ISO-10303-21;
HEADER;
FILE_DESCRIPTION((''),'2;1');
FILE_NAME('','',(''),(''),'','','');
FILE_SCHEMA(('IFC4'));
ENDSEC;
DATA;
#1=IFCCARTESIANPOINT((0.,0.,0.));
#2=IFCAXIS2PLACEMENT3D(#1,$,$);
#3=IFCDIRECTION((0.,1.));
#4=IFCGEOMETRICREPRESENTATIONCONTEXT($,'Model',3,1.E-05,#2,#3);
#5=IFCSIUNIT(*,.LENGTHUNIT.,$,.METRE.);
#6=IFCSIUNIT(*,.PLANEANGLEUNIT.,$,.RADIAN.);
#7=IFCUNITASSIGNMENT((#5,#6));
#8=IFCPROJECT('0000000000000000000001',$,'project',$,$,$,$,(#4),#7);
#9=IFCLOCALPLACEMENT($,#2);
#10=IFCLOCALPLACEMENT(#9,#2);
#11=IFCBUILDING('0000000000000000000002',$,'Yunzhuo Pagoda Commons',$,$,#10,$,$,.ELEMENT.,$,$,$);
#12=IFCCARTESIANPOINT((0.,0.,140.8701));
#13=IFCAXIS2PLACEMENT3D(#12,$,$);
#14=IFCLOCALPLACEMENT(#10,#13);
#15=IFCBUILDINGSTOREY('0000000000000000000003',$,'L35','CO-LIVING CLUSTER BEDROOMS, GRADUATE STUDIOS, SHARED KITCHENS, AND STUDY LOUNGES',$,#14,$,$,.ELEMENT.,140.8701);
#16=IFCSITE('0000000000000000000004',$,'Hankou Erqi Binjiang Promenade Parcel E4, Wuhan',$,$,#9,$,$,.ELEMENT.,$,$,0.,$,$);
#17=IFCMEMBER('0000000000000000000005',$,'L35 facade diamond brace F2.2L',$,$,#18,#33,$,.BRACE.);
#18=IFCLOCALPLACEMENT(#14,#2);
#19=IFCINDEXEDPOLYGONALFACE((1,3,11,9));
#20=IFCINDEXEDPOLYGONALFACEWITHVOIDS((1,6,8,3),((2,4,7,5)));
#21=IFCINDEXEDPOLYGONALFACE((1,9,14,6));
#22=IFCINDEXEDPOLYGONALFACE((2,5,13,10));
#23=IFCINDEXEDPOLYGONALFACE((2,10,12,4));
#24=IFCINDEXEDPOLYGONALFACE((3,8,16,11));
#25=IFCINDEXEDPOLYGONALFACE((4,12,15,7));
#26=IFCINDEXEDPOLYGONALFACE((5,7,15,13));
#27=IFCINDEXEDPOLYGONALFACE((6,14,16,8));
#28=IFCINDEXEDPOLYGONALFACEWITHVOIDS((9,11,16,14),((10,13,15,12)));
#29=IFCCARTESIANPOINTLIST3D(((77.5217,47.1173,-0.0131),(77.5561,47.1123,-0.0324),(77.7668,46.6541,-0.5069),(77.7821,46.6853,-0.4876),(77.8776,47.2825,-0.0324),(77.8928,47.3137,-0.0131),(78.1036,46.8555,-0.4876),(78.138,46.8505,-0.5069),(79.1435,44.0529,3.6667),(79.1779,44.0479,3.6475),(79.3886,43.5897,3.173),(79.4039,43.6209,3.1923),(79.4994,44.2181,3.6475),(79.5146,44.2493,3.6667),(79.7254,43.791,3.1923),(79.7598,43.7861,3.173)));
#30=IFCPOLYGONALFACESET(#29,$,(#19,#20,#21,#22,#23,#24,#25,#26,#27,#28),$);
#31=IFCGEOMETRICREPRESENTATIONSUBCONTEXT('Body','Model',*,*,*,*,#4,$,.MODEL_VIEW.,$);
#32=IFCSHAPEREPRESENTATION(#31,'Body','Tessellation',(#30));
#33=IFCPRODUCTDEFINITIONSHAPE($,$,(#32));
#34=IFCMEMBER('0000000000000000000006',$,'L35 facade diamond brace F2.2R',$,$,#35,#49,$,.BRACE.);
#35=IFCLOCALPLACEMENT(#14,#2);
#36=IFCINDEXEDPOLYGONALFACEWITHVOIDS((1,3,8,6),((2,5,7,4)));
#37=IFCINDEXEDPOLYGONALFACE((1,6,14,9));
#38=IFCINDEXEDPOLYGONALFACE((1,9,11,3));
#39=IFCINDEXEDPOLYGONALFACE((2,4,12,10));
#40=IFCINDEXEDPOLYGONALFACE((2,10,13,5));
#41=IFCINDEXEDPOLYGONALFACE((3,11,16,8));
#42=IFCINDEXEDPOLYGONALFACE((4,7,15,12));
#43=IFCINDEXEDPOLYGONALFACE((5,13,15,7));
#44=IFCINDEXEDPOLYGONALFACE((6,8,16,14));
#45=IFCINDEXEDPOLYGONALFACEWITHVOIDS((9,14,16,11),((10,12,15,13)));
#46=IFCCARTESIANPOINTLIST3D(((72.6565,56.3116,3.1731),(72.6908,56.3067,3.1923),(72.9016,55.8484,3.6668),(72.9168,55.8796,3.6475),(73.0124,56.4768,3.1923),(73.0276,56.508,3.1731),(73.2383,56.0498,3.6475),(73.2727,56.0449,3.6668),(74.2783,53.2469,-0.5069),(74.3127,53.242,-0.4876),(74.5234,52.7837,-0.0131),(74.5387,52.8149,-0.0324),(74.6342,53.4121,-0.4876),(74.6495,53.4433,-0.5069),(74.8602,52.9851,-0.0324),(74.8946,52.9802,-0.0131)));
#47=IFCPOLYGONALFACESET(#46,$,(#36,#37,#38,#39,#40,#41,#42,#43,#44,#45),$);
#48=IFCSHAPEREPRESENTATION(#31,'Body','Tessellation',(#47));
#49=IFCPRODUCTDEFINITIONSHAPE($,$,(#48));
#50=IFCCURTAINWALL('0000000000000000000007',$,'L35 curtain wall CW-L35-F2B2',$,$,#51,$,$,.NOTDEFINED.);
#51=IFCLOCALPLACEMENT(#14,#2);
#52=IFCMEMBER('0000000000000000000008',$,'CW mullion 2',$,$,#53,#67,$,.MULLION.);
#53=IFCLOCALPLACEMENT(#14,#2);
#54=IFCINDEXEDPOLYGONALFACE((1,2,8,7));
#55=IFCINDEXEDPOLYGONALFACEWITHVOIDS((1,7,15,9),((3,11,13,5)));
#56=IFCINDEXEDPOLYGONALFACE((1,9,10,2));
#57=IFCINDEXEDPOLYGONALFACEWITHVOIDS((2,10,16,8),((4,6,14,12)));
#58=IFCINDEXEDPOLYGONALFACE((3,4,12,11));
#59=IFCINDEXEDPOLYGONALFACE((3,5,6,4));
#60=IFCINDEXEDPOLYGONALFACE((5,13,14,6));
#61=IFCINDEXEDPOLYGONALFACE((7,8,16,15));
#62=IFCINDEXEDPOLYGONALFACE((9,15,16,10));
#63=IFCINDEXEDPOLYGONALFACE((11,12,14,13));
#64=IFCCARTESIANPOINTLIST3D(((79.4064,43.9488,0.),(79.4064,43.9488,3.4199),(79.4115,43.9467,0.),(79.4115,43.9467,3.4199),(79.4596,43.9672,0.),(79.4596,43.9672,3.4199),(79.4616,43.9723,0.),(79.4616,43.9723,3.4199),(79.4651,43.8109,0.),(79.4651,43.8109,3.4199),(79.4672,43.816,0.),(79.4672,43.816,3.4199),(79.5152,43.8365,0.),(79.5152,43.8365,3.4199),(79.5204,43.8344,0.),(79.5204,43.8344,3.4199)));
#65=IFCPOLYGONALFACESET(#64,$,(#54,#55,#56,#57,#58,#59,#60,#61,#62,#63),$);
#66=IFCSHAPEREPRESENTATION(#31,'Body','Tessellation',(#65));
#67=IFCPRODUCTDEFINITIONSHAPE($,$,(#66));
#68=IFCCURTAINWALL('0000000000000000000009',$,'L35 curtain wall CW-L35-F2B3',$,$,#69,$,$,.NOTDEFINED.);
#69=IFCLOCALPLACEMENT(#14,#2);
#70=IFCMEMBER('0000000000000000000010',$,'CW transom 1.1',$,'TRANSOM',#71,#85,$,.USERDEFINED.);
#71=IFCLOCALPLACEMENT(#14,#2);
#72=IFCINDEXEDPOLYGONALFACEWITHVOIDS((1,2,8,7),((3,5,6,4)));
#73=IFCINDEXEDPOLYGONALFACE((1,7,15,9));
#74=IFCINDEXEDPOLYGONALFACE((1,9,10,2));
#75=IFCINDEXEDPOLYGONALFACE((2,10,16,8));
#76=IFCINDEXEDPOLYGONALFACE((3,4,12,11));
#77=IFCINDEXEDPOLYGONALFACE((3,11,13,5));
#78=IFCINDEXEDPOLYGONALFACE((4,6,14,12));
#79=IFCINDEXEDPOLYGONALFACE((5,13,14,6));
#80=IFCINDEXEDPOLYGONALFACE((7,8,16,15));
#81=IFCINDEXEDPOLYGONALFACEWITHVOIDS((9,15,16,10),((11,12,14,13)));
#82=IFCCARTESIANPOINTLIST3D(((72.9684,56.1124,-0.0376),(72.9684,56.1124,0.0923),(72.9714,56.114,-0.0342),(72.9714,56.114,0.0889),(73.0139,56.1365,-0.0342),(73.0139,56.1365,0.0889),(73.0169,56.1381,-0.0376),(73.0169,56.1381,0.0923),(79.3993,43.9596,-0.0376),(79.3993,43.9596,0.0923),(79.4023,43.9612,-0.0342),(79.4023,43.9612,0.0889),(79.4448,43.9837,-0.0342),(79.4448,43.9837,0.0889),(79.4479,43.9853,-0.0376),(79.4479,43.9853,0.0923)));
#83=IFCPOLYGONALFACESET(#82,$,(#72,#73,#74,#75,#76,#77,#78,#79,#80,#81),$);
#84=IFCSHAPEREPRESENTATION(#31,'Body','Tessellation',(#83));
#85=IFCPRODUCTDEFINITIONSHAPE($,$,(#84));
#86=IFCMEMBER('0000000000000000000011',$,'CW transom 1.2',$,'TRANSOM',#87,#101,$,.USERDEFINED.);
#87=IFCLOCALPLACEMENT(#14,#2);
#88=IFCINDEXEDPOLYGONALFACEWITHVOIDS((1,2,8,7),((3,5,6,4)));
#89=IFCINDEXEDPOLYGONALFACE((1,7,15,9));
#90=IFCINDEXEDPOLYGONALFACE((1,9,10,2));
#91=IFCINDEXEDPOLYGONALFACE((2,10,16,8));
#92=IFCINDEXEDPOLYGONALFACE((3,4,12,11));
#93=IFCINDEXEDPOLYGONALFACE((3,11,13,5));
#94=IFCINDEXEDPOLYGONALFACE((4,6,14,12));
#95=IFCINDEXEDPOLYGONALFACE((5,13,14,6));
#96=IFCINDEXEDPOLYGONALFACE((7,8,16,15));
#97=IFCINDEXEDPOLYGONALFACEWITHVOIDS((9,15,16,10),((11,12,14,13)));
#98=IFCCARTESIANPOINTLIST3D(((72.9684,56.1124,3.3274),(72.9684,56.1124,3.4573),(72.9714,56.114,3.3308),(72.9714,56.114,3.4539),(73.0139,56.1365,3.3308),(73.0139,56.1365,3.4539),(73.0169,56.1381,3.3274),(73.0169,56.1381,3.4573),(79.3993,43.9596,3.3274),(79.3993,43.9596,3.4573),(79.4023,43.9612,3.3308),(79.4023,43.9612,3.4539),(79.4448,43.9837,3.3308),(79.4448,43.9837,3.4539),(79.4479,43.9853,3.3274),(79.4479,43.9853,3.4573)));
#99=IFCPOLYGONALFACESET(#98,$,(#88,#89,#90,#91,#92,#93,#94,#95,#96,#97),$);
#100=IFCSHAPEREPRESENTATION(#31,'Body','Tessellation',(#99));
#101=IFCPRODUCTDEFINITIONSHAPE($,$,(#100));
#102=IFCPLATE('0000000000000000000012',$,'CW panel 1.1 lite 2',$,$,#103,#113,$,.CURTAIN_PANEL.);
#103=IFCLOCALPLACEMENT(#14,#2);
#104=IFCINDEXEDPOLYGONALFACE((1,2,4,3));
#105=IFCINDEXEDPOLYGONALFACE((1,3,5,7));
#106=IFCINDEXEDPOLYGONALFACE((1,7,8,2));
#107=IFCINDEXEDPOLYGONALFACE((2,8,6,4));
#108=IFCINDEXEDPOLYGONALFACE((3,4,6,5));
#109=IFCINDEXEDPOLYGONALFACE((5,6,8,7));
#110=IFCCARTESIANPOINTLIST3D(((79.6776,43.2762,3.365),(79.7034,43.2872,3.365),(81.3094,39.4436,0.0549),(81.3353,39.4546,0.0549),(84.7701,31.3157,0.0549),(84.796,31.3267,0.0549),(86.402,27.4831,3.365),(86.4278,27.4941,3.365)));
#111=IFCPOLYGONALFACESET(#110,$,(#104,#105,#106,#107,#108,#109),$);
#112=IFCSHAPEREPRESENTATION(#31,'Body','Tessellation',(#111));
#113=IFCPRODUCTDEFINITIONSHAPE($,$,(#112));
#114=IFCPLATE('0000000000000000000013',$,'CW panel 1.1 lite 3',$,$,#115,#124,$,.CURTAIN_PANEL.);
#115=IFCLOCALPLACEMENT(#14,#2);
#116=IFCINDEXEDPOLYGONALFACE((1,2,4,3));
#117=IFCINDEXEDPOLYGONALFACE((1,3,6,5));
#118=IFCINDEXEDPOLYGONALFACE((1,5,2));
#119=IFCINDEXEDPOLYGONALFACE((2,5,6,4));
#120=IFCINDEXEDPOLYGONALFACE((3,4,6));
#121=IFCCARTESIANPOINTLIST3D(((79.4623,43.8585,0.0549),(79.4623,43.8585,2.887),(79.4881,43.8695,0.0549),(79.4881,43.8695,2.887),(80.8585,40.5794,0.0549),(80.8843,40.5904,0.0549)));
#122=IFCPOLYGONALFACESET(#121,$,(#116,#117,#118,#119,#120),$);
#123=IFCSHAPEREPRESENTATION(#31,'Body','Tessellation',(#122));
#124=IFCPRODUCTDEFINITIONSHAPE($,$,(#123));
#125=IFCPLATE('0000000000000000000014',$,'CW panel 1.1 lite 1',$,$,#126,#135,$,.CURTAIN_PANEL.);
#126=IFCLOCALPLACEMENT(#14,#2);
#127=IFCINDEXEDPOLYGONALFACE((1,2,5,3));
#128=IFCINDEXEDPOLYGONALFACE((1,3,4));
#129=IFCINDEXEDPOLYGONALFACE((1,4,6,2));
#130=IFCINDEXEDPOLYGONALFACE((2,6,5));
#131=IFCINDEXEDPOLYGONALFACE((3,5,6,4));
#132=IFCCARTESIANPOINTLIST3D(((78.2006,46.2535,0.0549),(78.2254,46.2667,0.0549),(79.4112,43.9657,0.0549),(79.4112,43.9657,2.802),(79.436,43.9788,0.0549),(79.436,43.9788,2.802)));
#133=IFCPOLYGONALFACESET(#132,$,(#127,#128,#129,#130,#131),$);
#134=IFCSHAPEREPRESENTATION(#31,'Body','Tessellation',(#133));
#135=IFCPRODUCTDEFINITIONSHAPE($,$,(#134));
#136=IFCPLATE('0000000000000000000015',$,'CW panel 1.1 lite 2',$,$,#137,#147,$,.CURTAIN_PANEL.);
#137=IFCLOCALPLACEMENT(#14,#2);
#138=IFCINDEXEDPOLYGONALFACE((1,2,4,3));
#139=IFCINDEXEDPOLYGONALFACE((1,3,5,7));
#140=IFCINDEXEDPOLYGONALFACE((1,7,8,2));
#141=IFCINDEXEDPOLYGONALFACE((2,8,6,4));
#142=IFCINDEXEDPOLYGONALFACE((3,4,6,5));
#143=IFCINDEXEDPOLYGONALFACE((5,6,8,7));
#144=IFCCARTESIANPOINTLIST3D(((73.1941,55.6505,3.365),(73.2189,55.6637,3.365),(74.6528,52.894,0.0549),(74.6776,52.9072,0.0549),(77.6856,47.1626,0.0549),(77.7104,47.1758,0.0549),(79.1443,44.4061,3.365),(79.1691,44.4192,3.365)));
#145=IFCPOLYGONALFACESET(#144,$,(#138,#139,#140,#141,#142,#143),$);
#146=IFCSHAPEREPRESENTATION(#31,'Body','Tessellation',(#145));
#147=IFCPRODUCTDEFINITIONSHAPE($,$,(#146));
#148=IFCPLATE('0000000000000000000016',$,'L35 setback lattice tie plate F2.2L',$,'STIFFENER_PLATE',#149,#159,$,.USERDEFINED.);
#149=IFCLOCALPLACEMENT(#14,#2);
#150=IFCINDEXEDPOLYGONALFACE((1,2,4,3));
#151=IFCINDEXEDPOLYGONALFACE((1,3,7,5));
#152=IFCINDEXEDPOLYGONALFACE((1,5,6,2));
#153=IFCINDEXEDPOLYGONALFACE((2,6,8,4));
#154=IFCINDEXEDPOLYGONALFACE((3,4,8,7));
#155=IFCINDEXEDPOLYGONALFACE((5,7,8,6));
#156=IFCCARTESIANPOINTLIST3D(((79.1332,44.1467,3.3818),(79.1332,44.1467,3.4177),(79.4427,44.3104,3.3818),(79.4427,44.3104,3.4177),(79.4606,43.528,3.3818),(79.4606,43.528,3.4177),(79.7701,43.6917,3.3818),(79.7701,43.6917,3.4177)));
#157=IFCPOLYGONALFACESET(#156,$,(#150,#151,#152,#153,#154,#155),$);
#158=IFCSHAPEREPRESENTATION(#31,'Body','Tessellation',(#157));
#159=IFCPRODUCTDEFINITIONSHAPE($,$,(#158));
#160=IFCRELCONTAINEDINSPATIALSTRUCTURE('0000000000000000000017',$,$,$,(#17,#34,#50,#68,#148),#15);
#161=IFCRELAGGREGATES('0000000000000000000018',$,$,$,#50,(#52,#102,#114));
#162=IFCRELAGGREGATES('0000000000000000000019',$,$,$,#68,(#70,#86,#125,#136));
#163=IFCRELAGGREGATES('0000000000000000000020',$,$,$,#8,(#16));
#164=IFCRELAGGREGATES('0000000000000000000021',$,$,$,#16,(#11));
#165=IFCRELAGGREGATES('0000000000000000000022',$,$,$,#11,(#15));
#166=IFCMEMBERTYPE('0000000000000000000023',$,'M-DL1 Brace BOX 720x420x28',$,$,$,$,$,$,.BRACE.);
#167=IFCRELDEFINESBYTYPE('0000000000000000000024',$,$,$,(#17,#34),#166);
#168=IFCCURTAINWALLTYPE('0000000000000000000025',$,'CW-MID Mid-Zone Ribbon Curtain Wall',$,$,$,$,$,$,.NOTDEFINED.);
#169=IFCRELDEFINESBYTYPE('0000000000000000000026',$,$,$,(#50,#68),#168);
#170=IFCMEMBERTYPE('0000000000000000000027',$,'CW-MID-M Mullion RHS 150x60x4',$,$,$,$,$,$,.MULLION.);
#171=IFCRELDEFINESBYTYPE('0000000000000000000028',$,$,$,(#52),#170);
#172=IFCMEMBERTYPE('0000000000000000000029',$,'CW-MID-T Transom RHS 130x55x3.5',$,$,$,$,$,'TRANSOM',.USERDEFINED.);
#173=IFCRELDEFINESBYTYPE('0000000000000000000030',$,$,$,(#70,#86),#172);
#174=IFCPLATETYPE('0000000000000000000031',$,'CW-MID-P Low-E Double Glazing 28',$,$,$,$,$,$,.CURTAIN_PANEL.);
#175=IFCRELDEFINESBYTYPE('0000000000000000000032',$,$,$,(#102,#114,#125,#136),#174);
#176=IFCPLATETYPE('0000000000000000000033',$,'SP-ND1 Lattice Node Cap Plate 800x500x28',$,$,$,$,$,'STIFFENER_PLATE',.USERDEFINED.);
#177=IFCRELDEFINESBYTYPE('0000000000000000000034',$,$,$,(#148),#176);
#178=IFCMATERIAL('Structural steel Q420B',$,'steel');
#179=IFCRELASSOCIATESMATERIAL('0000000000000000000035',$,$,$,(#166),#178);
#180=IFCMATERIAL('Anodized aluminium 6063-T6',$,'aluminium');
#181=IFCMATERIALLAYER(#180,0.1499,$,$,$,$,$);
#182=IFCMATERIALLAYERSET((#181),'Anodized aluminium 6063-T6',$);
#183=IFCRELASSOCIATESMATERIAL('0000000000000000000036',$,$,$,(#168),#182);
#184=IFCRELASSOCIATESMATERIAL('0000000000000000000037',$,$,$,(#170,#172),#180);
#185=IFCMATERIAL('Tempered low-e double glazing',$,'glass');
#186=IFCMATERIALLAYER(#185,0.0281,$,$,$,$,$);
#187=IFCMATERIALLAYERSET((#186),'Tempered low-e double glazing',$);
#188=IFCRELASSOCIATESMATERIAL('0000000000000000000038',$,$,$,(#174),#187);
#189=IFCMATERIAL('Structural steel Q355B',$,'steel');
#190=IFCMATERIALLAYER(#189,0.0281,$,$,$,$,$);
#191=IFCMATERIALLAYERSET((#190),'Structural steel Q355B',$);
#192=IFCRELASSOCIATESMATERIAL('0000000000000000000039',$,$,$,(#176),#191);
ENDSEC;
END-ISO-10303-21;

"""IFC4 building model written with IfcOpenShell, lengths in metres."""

from ifc_helpers import new_model, si_unit, direction, frame, origin, origin_2d, place, context, subcontext, project, spatial, polyline, rectangle, hollow_rectangle, outline, extrude, source, transform, mapped, material, layer, layer_set, material_profile, profile_set, type_object, element, aggregate, save


model = new_model("IFC4")

# Units and contexts
model_context = context("Model", 3, precision=1e-05, world=origin(), true_north=direction((0.0, 1.0)))
body_context = subcontext(model_context, "Body", "Model", "MODEL_VIEW")
ifc_project = project(units=[si_unit("LENGTHUNIT", "METRE"), si_unit("PLANEANGLEUNIT", "RADIAN")], contexts=[model_context])

# Site, building, storey
site_placement = place(None, origin())
site = spatial("IfcSite", under=ifc_project, at=site_placement, Name="Hankou Erqi Binjiang Promenade Parcel E4, Wuhan", CompositionType="ELEMENT", RefElevation=0.0)
building_placement = place(site_placement, origin())
building = spatial("IfcBuilding", under=site, at=building_placement, Name="Yunzhuo Pagoda Commons", CompositionType="ELEMENT")
storey_placement = place(building_placement, frame((0.0, 0.0, 140.8701)))
storey = spatial("IfcBuildingStorey", under=building, at=storey_placement, Name="L35", Description="CO-LIVING CLUSTER BEDROOMS, GRADUATE STUDIOS, SHARED KITCHENS, AND STUDY LOUNGES", CompositionType="ELEMENT", Elevation=140.8701)

# Shared definitions
ifc_material_1 = material(Name="Structural steel Q420B", Category="steel")

# Shared definitions
ifc_material_2 = material(Name="Structural steel Q355B", Category="steel")

# Members
ifc_material_profile_1 = material_profile(ifc_material_1, hollow_rectangle(XDim=0.4199, YDim=0.72, WallThickness=0.0281, at=origin_2d()), Name="Structural steel Q420B")
ifc_profile_set_1 = profile_set([ifc_material_profile_1], Name="Structural steel Q420B")
member_type_1 = type_object("IfcMemberType", Name="M-DL1 Brace BOX 720x420x28", PredefinedType="BRACE", material=ifc_profile_set_1)
shared_shape_1 = source(origin(), body_context, "Body", "SweptSolid", [
    extrude(hollow_rectangle(XDim=0.4199, YDim=0.72, WallThickness=0.0281, at=origin_2d()), origin(), (0.0, 0.0, 1.0), 5.0559),
])
member_1_placement = place(storey_placement, frame((77.8298, 46.9839, -0.26), z_axis=(0.320773, -0.606103, 0.727835), x_axis=(0.883851, 0.467768, 0.0)))
element("IfcMember", 1, at=member_1_placement, inside=storey, type_object=member_type_1, Name="L35 facade diamond brace F2.2L", PredefinedType="BRACE", context=body_context, shape_type="MappedRepresentation", body=[
    mapped(shared_shape_1, transform((0.0, 0.0, 0.0), scale=1.0)),
])
shared_shape_2 = source(origin(), body_context, "Body", "SweptSolid", [
    extrude(hollow_rectangle(XDim=0.4199, YDim=0.72, WallThickness=0.0281, at=origin_2d()), origin(), (0.0, 0.0, 1.0), 5.0562),
])
member_2_placement = place(storey_placement, frame((74.5864, 53.1135, -0.26), z_axis=(-0.320763, 0.606133, 0.727814), x_axis=(-0.883867, -0.467739, 0.0)))
element("IfcMember", 2, at=member_2_placement, inside=storey, type_object=member_type_1, Name="L35 facade diamond brace F2.2R", PredefinedType="BRACE", context=body_context, shape_type="MappedRepresentation", body=[
    mapped(shared_shape_2, transform((0.0, 0.0, 0.0), scale=1.0)),
])

# Curtain wall, member
ifc_material_3 = material(Name="Anodized aluminium 6063-T6", Category="aluminium")
ifc_layer_1 = layer(ifc_material_3, 0.1499)
ifc_layer_set_1 = layer_set([ifc_layer_1], Name="Anodized aluminium 6063-T6")
curtain_wall_type = type_object("IfcCurtainWallType", Name="CW-MID Mid-Zone Ribbon Curtain Wall", PredefinedType="NOTDEFINED", material=ifc_layer_set_1)
curtain_wall_1_placement = place(storey_placement, origin())
curtain_wall_1 = element("IfcCurtainWall", 3, at=curtain_wall_1_placement, inside=storey, type_object=curtain_wall_type, Name="L35 curtain wall CW-L35-F2B2", PredefinedType="NOTDEFINED")
ifc_material_profile_2 = material_profile(ifc_material_3, hollow_rectangle(XDim=0.0601, YDim=0.1499, WallThickness=0.0039, at=origin_2d()), Name="Anodized aluminium 6063-T6")
ifc_profile_set_2 = profile_set([ifc_material_profile_2], Name="Anodized aluminium 6063-T6")
member_type_2 = type_object("IfcMemberType", Name="CW-MID-M Mullion RHS 150x60x4", PredefinedType="MULLION", material=ifc_profile_set_2)
shared_shape_3 = source(origin(), body_context, "Body", "SweptSolid", [
    extrude(hollow_rectangle(XDim=0.0601, YDim=0.1499, WallThickness=0.0039, at=origin_2d()), origin(), (0.0, 0.0, 1.0), 3.4199),
])
member_3_placement = place(storey_placement, frame((79.4634, 43.8916, 0.0), z_axis=(0.0, 0.0, 1.0), x_axis=(-0.920072, -0.391749, 0.0)))
member_3 = element("IfcMember", 4, at=member_3_placement, type_object=member_type_2, Name="CW mullion 2", PredefinedType="MULLION", context=body_context, shape_type="MappedRepresentation", body=[
    mapped(shared_shape_3, transform((0.0, 0.0, 0.0), scale=1.0)),
])

# Curtain wall, members
curtain_wall_2_placement = place(storey_placement, origin())
curtain_wall_2 = element("IfcCurtainWall", 5, at=curtain_wall_2_placement, inside=storey, type_object=curtain_wall_type, Name="L35 curtain wall CW-L35-F2B3", PredefinedType="NOTDEFINED")
ifc_material_profile_3 = material_profile(ifc_material_3, hollow_rectangle(XDim=0.0549, YDim=0.1299, WallThickness=0.0034, at=origin_2d()), Name="Anodized aluminium 6063-T6")
ifc_profile_set_3 = profile_set([ifc_material_profile_3], Name="Anodized aluminium 6063-T6")
member_type_3 = type_object("IfcMemberType", Name="CW-MID-T Transom RHS 130x55x3.5", ElementType="TRANSOM", PredefinedType="USERDEFINED", material=ifc_profile_set_3)
shared_shape_4 = source(origin(), body_context, "Body", "SweptSolid", [
    extrude(hollow_rectangle(XDim=0.0549, YDim=0.1299, WallThickness=0.0034, at=origin_2d()), origin(), (0.0, 0.0, 1.0), 13.7495),
])
member_4_placement = place(storey_placement, frame((79.4236, 43.9724, 0.0273), z_axis=(-0.46772, 0.883876, 0.0), x_axis=(-0.883876, -0.46772, 0.0)))
member_4 = element("IfcMember", 6, at=member_4_placement, type_object=member_type_3, Name="CW transom 1.1", ObjectType="TRANSOM", PredefinedType="USERDEFINED", context=body_context, shape_type="MappedRepresentation", body=[
    mapped(shared_shape_4, transform((0.0, 0.0, 0.0), scale=1.0)),
])
member_5_placement = place(storey_placement, frame((79.4236, 43.9724, 3.3923), z_axis=(-0.46772, 0.883876, 0.0), x_axis=(-0.883876, -0.46772, 0.0)))
member_5 = element("IfcMember", 7, at=member_5_placement, type_object=member_type_3, Name="CW transom 1.2", ObjectType="TRANSOM", PredefinedType="USERDEFINED", context=body_context, shape_type="MappedRepresentation", body=[
    mapped(shared_shape_4, transform((0.0, 0.0, 0.0), scale=1.0)),
])

# Plates
ifc_material_4 = material(Name="Tempered low-e double glazing", Category="glass")
ifc_layer_2 = layer(ifc_material_4, 0.0281)
ifc_layer_set_2 = layer_set([ifc_layer_2], Name="Tempered low-e double glazing")
plate_type_1 = type_object("IfcPlateType", Name="CW-MID-P Low-E Double Glazing 28", PredefinedType="CURTAIN_PANEL", material=ifc_layer_set_2)
plate_1_placement = place(storey_placement, frame((83.0398, 35.3796, 1.71), z_axis=(0.920072, 0.391749, 0.0), x_axis=(-0.391749, 0.920072, 0.0)))
plate_1 = element("IfcPlate", 8, at=plate_1_placement, type_object=plate_type_1, Name="CW panel 1.1 lite 2", PredefinedType="CURTAIN_PANEL", context=body_context, shape_type="SweptSolid", body=[
    extrude(outline(polyline([(-8.5825, 1.655), (-4.417, -1.655), (4.417, -1.655), (8.5825, 1.655), (-8.5825, 1.655)])), origin(), (0.0, 0.0, 1.0), 0.0281),
])
plate_2_placement = place(storey_placement, frame((80.1604, 42.219, 1.4709), z_axis=(0.920072, 0.391749, 0.0), x_axis=(-0.391749, 0.920072, 0.0)))
plate_2 = element("IfcPlate", 9, at=plate_2_placement, type_object=plate_type_1, Name="CW panel 1.1 lite 3", PredefinedType="CURTAIN_PANEL", context=body_context, shape_type="SweptSolid", body=[
    extrude(outline(polyline([(-1.782, -1.416), (1.782, -1.416), (1.782, 1.416), (-1.782, -1.416)])), origin(), (0.0, 0.0, 1.0), 0.0281),
])
aggregate(curtain_wall_1, [member_3, plate_1, plate_2])
plate_3_placement = place(storey_placement, frame((78.8059, 45.1096, 1.4285), z_axis=(0.883879, 0.467715, 0.0), x_axis=(-0.467715, 0.883879, 0.0)))
plate_3 = element("IfcPlate", 10, at=plate_3_placement, type_object=plate_type_1, Name="CW panel 1.1 lite 1", PredefinedType="CURTAIN_PANEL", context=body_context, shape_type="SweptSolid", body=[
    extrude(outline(polyline([(-1.2942, -1.3735), (1.2942, -1.3735), (-1.2942, 1.3735), (-1.2942, -1.3735)])), origin(), (0.0, 0.0, 1.0), 0.0281),
])
plate_4_placement = place(storey_placement, frame((76.1692, 50.0283, 1.71), z_axis=(0.883879, 0.467715, 0.0), x_axis=(-0.467715, 0.883879, 0.0)))
plate_4 = element("IfcPlate", 11, at=plate_4_placement, type_object=plate_type_1, Name="CW panel 1.1 lite 2", PredefinedType="CURTAIN_PANEL", context=body_context, shape_type="SweptSolid", body=[
    extrude(outline(polyline([(-6.3608, 1.655), (-3.2422, -1.655), (3.2422, -1.655), (6.3608, 1.655), (-6.3608, 1.655)])), origin(), (0.0, 0.0, 1.0), 0.0281),
])
aggregate(curtain_wall_2, [member_4, member_5, plate_3, plate_4])
ifc_layer_3 = layer(ifc_material_2, 0.0281)
ifc_layer_set_3 = layer_set([ifc_layer_3], Name="Structural steel Q355B")
plate_type_2 = type_object("IfcPlateType", Name="SP-ND1 Lattice Node Cap Plate 800x500x28", ElementType="STIFFENER_PLATE", PredefinedType="USERDEFINED", material=ifc_layer_set_3)
shared_shape_5 = source(origin(), body_context, "Body", "SweptSolid", [
    extrude(rectangle(XDim=0.7, YDim=0.3501, at=origin_2d()), origin(), (0.0, 0.0, 1.0), 0.0359),
])
plate_5_placement = place(storey_placement, frame((79.4517, 43.9192, 3.3818), z_axis=(0.0, 0.0, 1.0), x_axis=(-0.467714, 0.88388, 0.0)))
element("IfcPlate", 12, at=plate_5_placement, inside=storey, type_object=plate_type_2, Name="L35 setback lattice tie plate F2.2L", ObjectType="STIFFENER_PLATE", PredefinedType="USERDEFINED", context=body_context, shape_type="MappedRepresentation", body=[
    mapped(shared_shape_5, transform((0.0, 0.0, 0.0), scale=1.0)),
])

save(model, "model.ifc")
